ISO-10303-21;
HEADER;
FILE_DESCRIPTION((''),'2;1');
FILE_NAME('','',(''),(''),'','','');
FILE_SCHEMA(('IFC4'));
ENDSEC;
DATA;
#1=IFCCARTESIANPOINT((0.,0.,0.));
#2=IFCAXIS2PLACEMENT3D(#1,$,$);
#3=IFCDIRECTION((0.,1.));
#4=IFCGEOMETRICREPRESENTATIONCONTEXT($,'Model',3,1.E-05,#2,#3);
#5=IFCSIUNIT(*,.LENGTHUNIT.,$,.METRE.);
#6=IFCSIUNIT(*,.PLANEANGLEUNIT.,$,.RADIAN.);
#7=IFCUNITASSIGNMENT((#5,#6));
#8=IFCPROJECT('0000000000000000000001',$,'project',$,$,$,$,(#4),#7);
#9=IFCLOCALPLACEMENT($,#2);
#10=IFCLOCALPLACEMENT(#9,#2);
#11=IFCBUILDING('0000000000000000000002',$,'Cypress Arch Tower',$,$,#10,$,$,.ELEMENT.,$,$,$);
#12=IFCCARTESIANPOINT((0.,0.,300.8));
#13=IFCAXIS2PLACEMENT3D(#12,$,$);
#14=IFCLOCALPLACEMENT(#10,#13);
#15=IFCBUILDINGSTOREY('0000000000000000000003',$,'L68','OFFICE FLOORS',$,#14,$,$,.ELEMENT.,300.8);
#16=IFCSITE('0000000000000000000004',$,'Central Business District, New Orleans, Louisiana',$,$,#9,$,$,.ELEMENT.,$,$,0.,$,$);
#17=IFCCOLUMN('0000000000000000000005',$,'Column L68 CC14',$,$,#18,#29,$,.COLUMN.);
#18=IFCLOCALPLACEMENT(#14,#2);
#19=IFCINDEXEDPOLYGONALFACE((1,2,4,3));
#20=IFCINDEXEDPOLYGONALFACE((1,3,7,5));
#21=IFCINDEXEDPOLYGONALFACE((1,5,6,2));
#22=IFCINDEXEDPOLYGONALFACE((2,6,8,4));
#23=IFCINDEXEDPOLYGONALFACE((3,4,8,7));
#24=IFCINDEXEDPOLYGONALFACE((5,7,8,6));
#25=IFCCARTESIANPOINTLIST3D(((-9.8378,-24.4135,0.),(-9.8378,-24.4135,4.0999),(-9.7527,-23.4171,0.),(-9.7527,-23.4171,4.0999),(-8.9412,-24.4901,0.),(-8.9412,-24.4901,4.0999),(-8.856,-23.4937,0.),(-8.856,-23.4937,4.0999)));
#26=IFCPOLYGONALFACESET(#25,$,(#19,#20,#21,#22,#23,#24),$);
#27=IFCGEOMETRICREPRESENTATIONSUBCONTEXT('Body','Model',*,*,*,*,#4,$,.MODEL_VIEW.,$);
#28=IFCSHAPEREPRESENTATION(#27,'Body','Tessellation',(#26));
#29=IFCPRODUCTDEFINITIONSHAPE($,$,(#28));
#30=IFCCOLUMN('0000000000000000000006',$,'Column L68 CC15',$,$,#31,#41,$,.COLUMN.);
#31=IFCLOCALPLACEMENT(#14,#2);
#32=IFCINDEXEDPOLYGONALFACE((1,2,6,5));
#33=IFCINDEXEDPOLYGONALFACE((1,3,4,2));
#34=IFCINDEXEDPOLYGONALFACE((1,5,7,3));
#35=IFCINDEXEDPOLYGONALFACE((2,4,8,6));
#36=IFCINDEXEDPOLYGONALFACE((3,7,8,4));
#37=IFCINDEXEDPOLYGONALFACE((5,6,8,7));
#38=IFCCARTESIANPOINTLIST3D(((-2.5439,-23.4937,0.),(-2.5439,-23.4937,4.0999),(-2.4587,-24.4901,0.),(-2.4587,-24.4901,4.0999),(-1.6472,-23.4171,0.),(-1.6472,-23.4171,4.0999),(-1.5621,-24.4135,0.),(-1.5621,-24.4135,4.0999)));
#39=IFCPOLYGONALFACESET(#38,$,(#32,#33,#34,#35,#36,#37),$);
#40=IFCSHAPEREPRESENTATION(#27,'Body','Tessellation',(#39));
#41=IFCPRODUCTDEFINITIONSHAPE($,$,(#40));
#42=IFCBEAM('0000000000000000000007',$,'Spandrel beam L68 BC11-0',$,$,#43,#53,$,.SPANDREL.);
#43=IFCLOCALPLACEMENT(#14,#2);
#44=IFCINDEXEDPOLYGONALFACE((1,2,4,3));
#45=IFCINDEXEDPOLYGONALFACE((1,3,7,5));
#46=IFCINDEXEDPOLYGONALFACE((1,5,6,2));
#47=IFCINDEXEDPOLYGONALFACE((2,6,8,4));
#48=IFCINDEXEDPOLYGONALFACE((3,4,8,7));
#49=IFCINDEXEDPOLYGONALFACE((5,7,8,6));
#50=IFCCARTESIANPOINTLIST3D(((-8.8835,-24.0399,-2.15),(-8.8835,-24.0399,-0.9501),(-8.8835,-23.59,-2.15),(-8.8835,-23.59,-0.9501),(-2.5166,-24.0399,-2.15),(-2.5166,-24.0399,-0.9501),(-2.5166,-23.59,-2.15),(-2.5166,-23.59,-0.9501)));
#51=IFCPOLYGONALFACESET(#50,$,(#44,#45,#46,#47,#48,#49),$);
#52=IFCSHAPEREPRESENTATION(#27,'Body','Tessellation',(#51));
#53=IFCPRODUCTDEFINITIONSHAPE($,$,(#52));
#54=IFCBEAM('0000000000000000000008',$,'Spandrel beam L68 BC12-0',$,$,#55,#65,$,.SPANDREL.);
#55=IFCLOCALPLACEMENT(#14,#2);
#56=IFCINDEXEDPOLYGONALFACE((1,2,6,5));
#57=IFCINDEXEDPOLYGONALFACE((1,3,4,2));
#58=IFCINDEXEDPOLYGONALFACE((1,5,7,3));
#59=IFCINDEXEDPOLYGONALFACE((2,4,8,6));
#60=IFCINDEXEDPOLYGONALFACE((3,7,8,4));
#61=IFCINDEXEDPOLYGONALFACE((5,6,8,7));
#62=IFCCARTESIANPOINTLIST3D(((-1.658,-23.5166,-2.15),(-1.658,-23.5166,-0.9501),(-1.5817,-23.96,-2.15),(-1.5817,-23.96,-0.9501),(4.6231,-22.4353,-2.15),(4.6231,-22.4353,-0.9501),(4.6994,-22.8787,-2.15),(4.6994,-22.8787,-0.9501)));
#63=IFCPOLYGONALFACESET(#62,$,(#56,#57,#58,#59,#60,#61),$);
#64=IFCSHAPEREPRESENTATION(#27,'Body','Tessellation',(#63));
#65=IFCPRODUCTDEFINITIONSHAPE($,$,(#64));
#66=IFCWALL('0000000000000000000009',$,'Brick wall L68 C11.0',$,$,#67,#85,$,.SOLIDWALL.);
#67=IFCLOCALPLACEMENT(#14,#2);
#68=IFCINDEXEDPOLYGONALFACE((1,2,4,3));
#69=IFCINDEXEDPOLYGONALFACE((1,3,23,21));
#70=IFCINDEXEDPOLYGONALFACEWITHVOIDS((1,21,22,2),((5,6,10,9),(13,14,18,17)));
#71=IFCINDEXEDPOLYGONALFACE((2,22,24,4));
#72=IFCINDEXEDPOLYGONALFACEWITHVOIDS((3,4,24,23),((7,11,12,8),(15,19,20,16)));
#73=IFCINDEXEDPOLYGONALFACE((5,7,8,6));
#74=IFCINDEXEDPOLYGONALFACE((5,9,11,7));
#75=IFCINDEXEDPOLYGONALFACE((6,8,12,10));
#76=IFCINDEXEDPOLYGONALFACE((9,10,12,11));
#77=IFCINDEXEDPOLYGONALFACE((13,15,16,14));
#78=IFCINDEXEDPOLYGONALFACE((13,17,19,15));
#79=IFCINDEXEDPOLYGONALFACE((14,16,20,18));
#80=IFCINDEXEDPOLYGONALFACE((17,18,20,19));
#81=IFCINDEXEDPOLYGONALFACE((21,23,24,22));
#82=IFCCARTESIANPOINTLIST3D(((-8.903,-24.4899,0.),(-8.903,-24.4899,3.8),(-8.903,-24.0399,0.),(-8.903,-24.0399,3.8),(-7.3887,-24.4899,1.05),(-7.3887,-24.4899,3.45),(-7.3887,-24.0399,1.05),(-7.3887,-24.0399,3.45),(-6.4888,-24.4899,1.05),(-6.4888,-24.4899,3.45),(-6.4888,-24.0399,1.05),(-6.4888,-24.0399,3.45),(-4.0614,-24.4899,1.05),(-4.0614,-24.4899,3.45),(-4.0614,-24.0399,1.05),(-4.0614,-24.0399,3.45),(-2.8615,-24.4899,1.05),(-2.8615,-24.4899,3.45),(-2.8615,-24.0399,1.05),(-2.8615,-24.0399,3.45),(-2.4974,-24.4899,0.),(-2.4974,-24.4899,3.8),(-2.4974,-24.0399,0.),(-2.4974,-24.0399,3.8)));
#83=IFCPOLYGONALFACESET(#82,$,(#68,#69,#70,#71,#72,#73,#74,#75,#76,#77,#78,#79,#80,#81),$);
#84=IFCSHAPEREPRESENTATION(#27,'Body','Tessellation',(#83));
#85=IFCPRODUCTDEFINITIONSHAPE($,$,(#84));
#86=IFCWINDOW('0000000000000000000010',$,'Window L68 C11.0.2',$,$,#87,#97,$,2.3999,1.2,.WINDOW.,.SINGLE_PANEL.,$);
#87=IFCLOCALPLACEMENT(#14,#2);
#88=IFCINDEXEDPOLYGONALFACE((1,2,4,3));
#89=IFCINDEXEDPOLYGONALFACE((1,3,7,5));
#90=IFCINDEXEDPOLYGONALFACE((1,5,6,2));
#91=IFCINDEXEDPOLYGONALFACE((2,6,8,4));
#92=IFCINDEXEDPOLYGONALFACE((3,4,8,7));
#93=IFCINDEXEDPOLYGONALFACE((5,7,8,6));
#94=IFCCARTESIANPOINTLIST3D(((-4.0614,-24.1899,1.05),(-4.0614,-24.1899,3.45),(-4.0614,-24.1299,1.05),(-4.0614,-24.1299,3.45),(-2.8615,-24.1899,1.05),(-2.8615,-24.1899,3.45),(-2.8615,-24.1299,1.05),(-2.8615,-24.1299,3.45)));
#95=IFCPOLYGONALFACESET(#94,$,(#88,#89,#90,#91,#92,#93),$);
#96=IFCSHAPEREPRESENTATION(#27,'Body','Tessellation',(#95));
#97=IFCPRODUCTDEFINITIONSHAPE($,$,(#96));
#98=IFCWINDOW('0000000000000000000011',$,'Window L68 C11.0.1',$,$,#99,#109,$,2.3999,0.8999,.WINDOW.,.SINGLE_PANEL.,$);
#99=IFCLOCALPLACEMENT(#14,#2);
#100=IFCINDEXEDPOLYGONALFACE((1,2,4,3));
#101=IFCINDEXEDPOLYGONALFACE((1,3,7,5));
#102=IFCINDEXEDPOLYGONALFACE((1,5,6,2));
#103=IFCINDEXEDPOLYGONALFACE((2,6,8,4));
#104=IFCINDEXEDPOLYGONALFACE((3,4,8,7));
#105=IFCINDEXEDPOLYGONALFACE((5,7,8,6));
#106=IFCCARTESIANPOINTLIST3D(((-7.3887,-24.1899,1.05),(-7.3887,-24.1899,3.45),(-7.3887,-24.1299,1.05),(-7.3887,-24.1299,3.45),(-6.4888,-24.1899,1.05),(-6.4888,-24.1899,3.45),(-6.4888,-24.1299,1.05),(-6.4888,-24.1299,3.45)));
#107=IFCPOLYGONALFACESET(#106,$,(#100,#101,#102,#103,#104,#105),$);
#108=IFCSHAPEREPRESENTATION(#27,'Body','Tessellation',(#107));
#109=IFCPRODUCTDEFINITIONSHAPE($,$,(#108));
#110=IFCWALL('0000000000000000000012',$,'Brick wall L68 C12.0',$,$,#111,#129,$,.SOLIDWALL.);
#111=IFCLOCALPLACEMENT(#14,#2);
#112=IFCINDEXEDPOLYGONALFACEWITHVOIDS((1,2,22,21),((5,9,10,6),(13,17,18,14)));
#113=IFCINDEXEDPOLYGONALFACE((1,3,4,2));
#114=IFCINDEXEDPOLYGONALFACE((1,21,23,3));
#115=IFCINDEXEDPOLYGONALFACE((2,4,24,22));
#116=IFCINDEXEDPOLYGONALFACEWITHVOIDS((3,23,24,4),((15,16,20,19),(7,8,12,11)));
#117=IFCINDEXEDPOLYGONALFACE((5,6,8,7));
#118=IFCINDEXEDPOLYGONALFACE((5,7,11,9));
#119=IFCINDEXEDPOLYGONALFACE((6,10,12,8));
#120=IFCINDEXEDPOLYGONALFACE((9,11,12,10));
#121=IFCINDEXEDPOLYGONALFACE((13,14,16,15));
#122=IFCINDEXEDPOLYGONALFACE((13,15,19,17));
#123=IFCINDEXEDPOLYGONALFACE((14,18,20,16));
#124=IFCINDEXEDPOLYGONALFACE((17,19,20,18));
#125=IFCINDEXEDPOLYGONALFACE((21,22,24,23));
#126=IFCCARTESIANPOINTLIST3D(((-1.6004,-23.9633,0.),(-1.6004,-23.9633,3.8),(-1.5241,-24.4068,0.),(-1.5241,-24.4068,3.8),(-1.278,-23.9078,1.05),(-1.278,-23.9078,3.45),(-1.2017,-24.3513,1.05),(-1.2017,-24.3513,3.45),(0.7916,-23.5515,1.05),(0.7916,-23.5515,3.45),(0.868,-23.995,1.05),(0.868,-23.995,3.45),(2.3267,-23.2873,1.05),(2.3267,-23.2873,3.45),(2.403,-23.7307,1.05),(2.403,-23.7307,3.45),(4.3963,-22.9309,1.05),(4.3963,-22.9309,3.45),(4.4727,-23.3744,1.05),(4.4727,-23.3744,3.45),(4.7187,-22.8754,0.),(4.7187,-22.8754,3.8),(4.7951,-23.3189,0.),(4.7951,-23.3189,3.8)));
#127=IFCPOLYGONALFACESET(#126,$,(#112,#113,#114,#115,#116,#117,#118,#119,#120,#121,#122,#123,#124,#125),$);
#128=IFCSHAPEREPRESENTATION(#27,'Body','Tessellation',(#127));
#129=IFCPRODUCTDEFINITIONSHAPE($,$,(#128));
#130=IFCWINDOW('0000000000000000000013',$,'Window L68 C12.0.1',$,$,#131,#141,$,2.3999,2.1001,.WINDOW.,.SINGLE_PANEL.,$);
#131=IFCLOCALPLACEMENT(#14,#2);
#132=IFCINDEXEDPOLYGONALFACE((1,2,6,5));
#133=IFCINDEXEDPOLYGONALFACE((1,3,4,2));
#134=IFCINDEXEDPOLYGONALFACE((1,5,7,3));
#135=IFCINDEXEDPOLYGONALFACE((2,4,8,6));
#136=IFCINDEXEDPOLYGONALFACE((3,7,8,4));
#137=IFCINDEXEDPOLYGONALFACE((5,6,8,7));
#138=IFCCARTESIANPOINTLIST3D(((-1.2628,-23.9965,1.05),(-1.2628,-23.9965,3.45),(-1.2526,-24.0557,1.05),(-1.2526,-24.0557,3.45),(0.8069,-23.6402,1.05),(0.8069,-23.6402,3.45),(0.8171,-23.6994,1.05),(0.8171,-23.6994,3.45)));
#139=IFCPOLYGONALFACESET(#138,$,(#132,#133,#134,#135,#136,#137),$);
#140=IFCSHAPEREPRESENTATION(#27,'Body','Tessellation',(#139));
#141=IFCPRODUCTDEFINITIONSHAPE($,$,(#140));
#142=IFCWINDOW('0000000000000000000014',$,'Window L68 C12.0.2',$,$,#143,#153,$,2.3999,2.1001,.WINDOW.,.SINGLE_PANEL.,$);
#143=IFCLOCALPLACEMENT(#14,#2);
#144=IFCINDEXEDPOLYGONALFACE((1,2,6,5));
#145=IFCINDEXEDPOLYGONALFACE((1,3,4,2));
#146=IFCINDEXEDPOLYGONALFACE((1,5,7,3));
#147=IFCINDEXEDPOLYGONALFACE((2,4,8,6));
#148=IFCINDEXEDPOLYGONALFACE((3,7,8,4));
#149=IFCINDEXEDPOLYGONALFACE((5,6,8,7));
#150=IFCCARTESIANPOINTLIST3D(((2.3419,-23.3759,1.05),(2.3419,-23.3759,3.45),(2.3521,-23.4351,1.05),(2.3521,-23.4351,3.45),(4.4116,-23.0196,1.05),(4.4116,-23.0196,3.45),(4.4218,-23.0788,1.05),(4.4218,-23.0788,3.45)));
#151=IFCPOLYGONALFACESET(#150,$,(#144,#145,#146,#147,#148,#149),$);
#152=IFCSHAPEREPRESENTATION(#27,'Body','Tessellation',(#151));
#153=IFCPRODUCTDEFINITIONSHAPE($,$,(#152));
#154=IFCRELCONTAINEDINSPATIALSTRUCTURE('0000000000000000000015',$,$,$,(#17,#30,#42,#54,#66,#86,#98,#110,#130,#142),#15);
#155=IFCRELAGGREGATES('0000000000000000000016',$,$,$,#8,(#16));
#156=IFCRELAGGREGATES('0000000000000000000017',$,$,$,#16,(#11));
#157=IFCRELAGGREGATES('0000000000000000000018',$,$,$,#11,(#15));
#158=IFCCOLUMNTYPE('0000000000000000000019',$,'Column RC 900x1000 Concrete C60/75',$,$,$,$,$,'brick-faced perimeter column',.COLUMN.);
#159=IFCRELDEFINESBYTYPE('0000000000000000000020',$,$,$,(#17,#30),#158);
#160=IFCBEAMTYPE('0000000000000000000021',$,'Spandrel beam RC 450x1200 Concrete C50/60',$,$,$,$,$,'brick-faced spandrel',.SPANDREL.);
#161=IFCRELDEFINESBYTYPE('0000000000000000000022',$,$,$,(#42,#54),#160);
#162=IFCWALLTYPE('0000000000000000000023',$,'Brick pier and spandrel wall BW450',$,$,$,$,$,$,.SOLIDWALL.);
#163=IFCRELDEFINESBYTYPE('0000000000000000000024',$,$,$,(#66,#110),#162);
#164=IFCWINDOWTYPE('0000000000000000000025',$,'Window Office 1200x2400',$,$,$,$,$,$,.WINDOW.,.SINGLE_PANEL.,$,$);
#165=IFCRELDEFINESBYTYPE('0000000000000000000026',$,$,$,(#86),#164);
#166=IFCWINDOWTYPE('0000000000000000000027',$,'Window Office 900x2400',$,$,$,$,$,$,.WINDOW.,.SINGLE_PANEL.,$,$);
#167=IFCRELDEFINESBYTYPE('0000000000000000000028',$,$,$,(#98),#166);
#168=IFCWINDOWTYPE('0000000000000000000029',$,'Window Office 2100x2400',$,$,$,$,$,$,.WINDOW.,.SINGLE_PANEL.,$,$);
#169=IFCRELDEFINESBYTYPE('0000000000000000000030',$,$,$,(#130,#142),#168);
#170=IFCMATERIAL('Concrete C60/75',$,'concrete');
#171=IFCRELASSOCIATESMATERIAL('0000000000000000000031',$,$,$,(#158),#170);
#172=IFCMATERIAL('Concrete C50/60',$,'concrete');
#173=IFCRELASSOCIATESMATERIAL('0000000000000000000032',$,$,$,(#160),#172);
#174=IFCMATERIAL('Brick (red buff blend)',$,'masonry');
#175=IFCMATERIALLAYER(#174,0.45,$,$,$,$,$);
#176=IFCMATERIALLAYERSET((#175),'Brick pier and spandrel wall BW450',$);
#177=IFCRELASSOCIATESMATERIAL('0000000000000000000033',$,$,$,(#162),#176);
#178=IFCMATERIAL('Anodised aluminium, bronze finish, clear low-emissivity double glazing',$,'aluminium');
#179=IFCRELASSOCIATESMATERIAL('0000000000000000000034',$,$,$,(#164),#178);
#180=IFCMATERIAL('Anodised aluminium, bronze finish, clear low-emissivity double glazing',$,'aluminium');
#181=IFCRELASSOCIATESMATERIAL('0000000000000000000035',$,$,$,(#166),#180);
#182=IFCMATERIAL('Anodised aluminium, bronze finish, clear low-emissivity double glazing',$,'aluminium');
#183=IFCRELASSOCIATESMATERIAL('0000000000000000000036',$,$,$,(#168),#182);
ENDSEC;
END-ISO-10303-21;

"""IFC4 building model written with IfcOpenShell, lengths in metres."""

from ifc_helpers import new_model, si_unit, direction, frame, frame_2d, origin, origin_2d, place, context, subcontext, project, spatial, rectangle, extrude, material, layer, layer_set, material_profile, profile_set, type_object, element, fill, save


model = new_model("IFC4")

# Units and contexts
model_context = context("Model", 3, precision=1e-05, world=origin(), true_north=direction((0.0, 1.0)))
body_context = subcontext(model_context, "Body", "Model", "MODEL_VIEW")
ifc_project = project(units=[si_unit("LENGTHUNIT", "METRE"), si_unit("PLANEANGLEUNIT", "RADIAN")], contexts=[model_context])

# Site, building, storey
site_placement = place(None, origin())
site = spatial("IfcSite", under=ifc_project, at=site_placement, Name="Central Business District, New Orleans, Louisiana", CompositionType="ELEMENT", RefElevation=0.0)
building_placement = place(site_placement, origin())
building = spatial("IfcBuilding", under=site, at=building_placement, Name="Cypress Arch Tower", CompositionType="ELEMENT")
storey_placement = place(building_placement, frame((0.0, 0.0, 300.8)))
storey = spatial("IfcBuildingStorey", under=building, at=storey_placement, Name="L68", Description="OFFICE FLOORS", CompositionType="ELEMENT", Elevation=300.8)

# Columns
ifc_material_1 = material(Name="Concrete C60/75", Category="concrete")
ifc_material_profile_1 = material_profile(ifc_material_1, rectangle(XDim=0.8999, YDim=1.0, at=origin_2d()), Name="RC 900x1000")
ifc_profile_set_1 = profile_set([ifc_material_profile_1], Name="Concrete C60/75")
column_type = type_object("IfcColumnType", Name="Column RC 900x1000 Concrete C60/75", ElementType="brick-faced perimeter column", PredefinedType="COLUMN", material=ifc_profile_set_1)
for number, where, z_axis, x_axis, name in (
    (1, (-9.3469, -23.9536, 0.0), (0.0, 0.0, 1.0), (0.996368, -0.085149, 0.0), "Column L68 CC14"),
    (2, (-2.053, -23.9536, 0.0), (0.0, 0.0, 1.0), (0.996368, 0.085149, 0.0), "Column L68 CC15"),
):
    element("IfcColumn", number, at=place(storey_placement, frame(where, z_axis=z_axis, x_axis=x_axis)), inside=storey, type_object=column_type, Name=name, PredefinedType="COLUMN", context=body_context, shape_type="SweptSolid", body=[
        extrude(rectangle(XDim=0.8999, YDim=1.0, at=origin_2d()), origin(), (0.0, 0.0, 1.0), 4.0999),
    ])

# Beams
ifc_material_2 = material(Name="Concrete C50/60", Category="concrete")
ifc_material_profile_2 = material_profile(ifc_material_2, rectangle(XDim=0.45, YDim=1.2, at=origin_2d()), Name="RC 450x1200")
ifc_profile_set_2 = profile_set([ifc_material_profile_2], Name="Concrete C50/60")
beam_type = type_object("IfcBeamType", Name="Spandrel beam RC 450x1200 Concrete C50/60", ElementType="brick-faced spandrel", PredefinedType="SPANDREL", material=ifc_profile_set_2)
beam_1_placement = place(storey_placement, frame((-8.8835, -23.8149, -1.55), z_axis=(1.0, 0.0, 0.0), x_axis=(0.0, 1.0, 0.0)))
element("IfcBeam", 3, at=beam_1_placement, inside=storey, type_object=beam_type, Name="Spandrel beam L68 BC11-0", PredefinedType="SPANDREL", context=body_context, shape_type="SweptSolid", body=[
    extrude(rectangle(XDim=0.45, YDim=1.2, at=origin_2d()), origin(), (0.0, 0.0, 1.0), 6.3669),
])
beam_2_placement = place(storey_placement, frame((-1.6199, -23.7383, -1.55), z_axis=(0.985504, 0.169652, 0.0), x_axis=(-0.169652, 0.985504, 0.0)))
element("IfcBeam", 4, at=beam_2_placement, inside=storey, type_object=beam_type, Name="Spandrel beam L68 BC12-0", PredefinedType="SPANDREL", context=body_context, shape_type="SweptSolid", body=[
    extrude(rectangle(XDim=0.45, YDim=1.2, at=origin_2d()), origin(), (0.0, 0.0, 1.0), 6.3735),
])

# Walls, openings, windows
ifc_material_3 = material(Name="Brick (red buff blend)", Category="masonry")
ifc_layer_1 = layer(ifc_material_3, 0.45)
ifc_layer_set_1 = layer_set([ifc_layer_1], Name="Brick pier and spandrel wall BW450")
wall_type_1 = type_object("IfcWallType", Name="Brick pier and spandrel wall BW450", PredefinedType="SOLIDWALL", material=ifc_layer_set_1)
wall_1_placement = place(storey_placement, frame((-8.9028, -24.2649, 0.0), z_axis=(0.0, 0.0, 1.0), x_axis=(1.0, 0.0, 0.0)))
wall_1 = element("IfcWall", 5, at=wall_1_placement, inside=storey, type_object=wall_type_1, Name="Brick wall L68 C11.0", PredefinedType="SOLIDWALL", context=body_context, shape_type="SweptSolid", body=[
    extrude(rectangle(XDim=6.4055, YDim=0.45, at=frame_2d((3.2026, 0.0))), origin(), (0.0, 0.0, 1.0), 3.8),
])
opening_1_placement = place(wall_1_placement, frame((1.5142, 0.0, 1.05)))
opening_1 = element("IfcOpeningElement", 6, at=opening_1_placement, cuts=wall_1, PredefinedType="OPENING", context=body_context, shape_type="SweptSolid", body=[
    extrude(rectangle(XDim=0.8999, YDim=2.3999, at=frame_2d((0.45, 1.2))), frame((0.0, 0.2349, 0.0), z_axis=(0.0, -1.0, 0.0), x_axis=(1.0, 0.0, 0.0)), (0.0, 0.0, 1.0), 0.47),
])
opening_2_placement = place(wall_1_placement, frame((4.8413, 0.0, 1.05)))
opening_2 = element("IfcOpeningElement", 7, at=opening_2_placement, cuts=wall_1, PredefinedType="OPENING", context=body_context, shape_type="SweptSolid", body=[
    extrude(rectangle(XDim=1.2, YDim=2.3999, at=frame_2d((0.6001, 1.2))), frame((0.0, 0.2349, 0.0), z_axis=(0.0, -1.0, 0.0), x_axis=(1.0, 0.0, 0.0)), (0.0, 0.0, 1.0), 0.47),
])
ifc_material_4 = material(Name="Anodised aluminium, bronze finish, clear low-emissivity double glazing", Category="aluminium")
window_type_1 = type_object("IfcWindowType", Name="Window Office 1200x2400", PartitioningType="SINGLE_PANEL", PredefinedType="WINDOW", material=ifc_material_4)
window_1_placement = place(opening_2_placement, origin())
window_1 = element("IfcWindow", 8, at=window_1_placement, inside=storey, type_object=window_type_1, Name="Window L68 C11.0.2", OverallHeight=2.3999, OverallWidth=1.2, PartitioningType="SINGLE_PANEL", PredefinedType="WINDOW", context=body_context, shape_type="SweptSolid", body=[
    extrude(rectangle(XDim=1.2, YDim=2.3999, at=frame_2d((0.6001, 1.2))), frame((0.0, 0.135, 0.0), z_axis=(0.0, -1.0, 0.0), x_axis=(1.0, 0.0, 0.0)), (0.0, 0.0, 1.0), 0.0601),
])
fill(opening_2, window_1)
ifc_material_5 = material(Name="Anodised aluminium, bronze finish, clear low-emissivity double glazing", Category="aluminium")
window_type_2 = type_object("IfcWindowType", Name="Window Office 900x2400", PartitioningType="SINGLE_PANEL", PredefinedType="WINDOW", material=ifc_material_5)
window_2_placement = place(opening_1_placement, origin())
window_2 = element("IfcWindow", 9, at=window_2_placement, inside=storey, type_object=window_type_2, Name="Window L68 C11.0.1", OverallHeight=2.3999, OverallWidth=0.8999, PartitioningType="SINGLE_PANEL", PredefinedType="WINDOW", context=body_context, shape_type="SweptSolid", body=[
    extrude(rectangle(XDim=0.8999, YDim=2.3999, at=frame_2d((0.45, 1.2))), frame((0.0, 0.135, 0.0), z_axis=(0.0, -1.0, 0.0), x_axis=(1.0, 0.0, 0.0)), (0.0, 0.0, 1.0), 0.0601),
])
fill(opening_1, window_2)
wall_2_placement = place(storey_placement, frame((-1.5623, -24.1851, 0.0), z_axis=(0.0, 0.0, 1.0), x_axis=(0.985502, 0.169663, 0.0)))
wall_2 = element("IfcWall", 10, at=wall_2_placement, inside=storey, type_object=wall_type_1, Name="Brick wall L68 C12.0", PredefinedType="SOLIDWALL", context=body_context, shape_type="SweptSolid", body=[
    extrude(rectangle(XDim=6.4121, YDim=0.45, at=frame_2d((3.2061, 0.0))), origin(), (0.0, 0.0, 1.0), 3.8),
])
opening_3_placement = place(wall_2_placement, frame((0.3271, 0.0, 1.05)))
opening_3 = element("IfcOpeningElement", 11, at=opening_3_placement, cuts=wall_2, PredefinedType="OPENING", context=body_context, shape_type="SweptSolid", body=[
    extrude(rectangle(XDim=2.1001, YDim=2.3999, at=frame_2d((1.05, 1.2))), frame((0.0, 0.2349, 0.0), z_axis=(0.0, -1.0, 0.0), x_axis=(1.0, 0.0, 0.0)), (0.0, 0.0, 1.0), 0.47),
])
opening_4_placement = place(wall_2_placement, frame((3.9849, 0.0, 1.05)))
opening_4 = element("IfcOpeningElement", 12, at=opening_4_placement, cuts=wall_2, PredefinedType="OPENING", context=body_context, shape_type="SweptSolid", body=[
    extrude(rectangle(XDim=2.1001, YDim=2.3999, at=frame_2d((1.05, 1.2))), frame((0.0, 0.2349, 0.0), z_axis=(0.0, -1.0, 0.0), x_axis=(1.0, 0.0, 0.0)), (0.0, 0.0, 1.0), 0.47),
])
ifc_material_6 = material(Name="Anodised aluminium, bronze finish, clear low-emissivity double glazing", Category="aluminium")
window_type_3 = type_object("IfcWindowType", Name="Window Office 2100x2400", PartitioningType="SINGLE_PANEL", PredefinedType="WINDOW", material=ifc_material_6)
window_3_placement = place(opening_3_placement, origin())
window_3 = element("IfcWindow", 13, at=window_3_placement, inside=storey, type_object=window_type_3, Name="Window L68 C12.0.1", OverallHeight=2.3999, OverallWidth=2.1001, PartitioningType="SINGLE_PANEL", PredefinedType="WINDOW", context=body_context, shape_type="SweptSolid", body=[
    extrude(rectangle(XDim=2.1001, YDim=2.3999, at=frame_2d((1.05, 1.2))), frame((0.0, 0.135, 0.0), z_axis=(0.0, -1.0, 0.0), x_axis=(1.0, 0.0, 0.0)), (0.0, 0.0, 1.0), 0.0601),
])
fill(opening_3, window_3)
window_4_placement = place(opening_4_placement, origin())
window_4 = element("IfcWindow", 14, at=window_4_placement, inside=storey, type_object=window_type_3, Name="Window L68 C12.0.2", OverallHeight=2.3999, OverallWidth=2.1001, PartitioningType="SINGLE_PANEL", PredefinedType="WINDOW", context=body_context, shape_type="SweptSolid", body=[
    extrude(rectangle(XDim=2.1001, YDim=2.3999, at=frame_2d((1.05, 1.2))), frame((0.0, 0.135, 0.0), z_axis=(0.0, -1.0, 0.0), x_axis=(1.0, 0.0, 0.0)), (0.0, 0.0, 1.0), 0.0601),
])
fill(opening_4, window_4)

save(model, "model.ifc")
